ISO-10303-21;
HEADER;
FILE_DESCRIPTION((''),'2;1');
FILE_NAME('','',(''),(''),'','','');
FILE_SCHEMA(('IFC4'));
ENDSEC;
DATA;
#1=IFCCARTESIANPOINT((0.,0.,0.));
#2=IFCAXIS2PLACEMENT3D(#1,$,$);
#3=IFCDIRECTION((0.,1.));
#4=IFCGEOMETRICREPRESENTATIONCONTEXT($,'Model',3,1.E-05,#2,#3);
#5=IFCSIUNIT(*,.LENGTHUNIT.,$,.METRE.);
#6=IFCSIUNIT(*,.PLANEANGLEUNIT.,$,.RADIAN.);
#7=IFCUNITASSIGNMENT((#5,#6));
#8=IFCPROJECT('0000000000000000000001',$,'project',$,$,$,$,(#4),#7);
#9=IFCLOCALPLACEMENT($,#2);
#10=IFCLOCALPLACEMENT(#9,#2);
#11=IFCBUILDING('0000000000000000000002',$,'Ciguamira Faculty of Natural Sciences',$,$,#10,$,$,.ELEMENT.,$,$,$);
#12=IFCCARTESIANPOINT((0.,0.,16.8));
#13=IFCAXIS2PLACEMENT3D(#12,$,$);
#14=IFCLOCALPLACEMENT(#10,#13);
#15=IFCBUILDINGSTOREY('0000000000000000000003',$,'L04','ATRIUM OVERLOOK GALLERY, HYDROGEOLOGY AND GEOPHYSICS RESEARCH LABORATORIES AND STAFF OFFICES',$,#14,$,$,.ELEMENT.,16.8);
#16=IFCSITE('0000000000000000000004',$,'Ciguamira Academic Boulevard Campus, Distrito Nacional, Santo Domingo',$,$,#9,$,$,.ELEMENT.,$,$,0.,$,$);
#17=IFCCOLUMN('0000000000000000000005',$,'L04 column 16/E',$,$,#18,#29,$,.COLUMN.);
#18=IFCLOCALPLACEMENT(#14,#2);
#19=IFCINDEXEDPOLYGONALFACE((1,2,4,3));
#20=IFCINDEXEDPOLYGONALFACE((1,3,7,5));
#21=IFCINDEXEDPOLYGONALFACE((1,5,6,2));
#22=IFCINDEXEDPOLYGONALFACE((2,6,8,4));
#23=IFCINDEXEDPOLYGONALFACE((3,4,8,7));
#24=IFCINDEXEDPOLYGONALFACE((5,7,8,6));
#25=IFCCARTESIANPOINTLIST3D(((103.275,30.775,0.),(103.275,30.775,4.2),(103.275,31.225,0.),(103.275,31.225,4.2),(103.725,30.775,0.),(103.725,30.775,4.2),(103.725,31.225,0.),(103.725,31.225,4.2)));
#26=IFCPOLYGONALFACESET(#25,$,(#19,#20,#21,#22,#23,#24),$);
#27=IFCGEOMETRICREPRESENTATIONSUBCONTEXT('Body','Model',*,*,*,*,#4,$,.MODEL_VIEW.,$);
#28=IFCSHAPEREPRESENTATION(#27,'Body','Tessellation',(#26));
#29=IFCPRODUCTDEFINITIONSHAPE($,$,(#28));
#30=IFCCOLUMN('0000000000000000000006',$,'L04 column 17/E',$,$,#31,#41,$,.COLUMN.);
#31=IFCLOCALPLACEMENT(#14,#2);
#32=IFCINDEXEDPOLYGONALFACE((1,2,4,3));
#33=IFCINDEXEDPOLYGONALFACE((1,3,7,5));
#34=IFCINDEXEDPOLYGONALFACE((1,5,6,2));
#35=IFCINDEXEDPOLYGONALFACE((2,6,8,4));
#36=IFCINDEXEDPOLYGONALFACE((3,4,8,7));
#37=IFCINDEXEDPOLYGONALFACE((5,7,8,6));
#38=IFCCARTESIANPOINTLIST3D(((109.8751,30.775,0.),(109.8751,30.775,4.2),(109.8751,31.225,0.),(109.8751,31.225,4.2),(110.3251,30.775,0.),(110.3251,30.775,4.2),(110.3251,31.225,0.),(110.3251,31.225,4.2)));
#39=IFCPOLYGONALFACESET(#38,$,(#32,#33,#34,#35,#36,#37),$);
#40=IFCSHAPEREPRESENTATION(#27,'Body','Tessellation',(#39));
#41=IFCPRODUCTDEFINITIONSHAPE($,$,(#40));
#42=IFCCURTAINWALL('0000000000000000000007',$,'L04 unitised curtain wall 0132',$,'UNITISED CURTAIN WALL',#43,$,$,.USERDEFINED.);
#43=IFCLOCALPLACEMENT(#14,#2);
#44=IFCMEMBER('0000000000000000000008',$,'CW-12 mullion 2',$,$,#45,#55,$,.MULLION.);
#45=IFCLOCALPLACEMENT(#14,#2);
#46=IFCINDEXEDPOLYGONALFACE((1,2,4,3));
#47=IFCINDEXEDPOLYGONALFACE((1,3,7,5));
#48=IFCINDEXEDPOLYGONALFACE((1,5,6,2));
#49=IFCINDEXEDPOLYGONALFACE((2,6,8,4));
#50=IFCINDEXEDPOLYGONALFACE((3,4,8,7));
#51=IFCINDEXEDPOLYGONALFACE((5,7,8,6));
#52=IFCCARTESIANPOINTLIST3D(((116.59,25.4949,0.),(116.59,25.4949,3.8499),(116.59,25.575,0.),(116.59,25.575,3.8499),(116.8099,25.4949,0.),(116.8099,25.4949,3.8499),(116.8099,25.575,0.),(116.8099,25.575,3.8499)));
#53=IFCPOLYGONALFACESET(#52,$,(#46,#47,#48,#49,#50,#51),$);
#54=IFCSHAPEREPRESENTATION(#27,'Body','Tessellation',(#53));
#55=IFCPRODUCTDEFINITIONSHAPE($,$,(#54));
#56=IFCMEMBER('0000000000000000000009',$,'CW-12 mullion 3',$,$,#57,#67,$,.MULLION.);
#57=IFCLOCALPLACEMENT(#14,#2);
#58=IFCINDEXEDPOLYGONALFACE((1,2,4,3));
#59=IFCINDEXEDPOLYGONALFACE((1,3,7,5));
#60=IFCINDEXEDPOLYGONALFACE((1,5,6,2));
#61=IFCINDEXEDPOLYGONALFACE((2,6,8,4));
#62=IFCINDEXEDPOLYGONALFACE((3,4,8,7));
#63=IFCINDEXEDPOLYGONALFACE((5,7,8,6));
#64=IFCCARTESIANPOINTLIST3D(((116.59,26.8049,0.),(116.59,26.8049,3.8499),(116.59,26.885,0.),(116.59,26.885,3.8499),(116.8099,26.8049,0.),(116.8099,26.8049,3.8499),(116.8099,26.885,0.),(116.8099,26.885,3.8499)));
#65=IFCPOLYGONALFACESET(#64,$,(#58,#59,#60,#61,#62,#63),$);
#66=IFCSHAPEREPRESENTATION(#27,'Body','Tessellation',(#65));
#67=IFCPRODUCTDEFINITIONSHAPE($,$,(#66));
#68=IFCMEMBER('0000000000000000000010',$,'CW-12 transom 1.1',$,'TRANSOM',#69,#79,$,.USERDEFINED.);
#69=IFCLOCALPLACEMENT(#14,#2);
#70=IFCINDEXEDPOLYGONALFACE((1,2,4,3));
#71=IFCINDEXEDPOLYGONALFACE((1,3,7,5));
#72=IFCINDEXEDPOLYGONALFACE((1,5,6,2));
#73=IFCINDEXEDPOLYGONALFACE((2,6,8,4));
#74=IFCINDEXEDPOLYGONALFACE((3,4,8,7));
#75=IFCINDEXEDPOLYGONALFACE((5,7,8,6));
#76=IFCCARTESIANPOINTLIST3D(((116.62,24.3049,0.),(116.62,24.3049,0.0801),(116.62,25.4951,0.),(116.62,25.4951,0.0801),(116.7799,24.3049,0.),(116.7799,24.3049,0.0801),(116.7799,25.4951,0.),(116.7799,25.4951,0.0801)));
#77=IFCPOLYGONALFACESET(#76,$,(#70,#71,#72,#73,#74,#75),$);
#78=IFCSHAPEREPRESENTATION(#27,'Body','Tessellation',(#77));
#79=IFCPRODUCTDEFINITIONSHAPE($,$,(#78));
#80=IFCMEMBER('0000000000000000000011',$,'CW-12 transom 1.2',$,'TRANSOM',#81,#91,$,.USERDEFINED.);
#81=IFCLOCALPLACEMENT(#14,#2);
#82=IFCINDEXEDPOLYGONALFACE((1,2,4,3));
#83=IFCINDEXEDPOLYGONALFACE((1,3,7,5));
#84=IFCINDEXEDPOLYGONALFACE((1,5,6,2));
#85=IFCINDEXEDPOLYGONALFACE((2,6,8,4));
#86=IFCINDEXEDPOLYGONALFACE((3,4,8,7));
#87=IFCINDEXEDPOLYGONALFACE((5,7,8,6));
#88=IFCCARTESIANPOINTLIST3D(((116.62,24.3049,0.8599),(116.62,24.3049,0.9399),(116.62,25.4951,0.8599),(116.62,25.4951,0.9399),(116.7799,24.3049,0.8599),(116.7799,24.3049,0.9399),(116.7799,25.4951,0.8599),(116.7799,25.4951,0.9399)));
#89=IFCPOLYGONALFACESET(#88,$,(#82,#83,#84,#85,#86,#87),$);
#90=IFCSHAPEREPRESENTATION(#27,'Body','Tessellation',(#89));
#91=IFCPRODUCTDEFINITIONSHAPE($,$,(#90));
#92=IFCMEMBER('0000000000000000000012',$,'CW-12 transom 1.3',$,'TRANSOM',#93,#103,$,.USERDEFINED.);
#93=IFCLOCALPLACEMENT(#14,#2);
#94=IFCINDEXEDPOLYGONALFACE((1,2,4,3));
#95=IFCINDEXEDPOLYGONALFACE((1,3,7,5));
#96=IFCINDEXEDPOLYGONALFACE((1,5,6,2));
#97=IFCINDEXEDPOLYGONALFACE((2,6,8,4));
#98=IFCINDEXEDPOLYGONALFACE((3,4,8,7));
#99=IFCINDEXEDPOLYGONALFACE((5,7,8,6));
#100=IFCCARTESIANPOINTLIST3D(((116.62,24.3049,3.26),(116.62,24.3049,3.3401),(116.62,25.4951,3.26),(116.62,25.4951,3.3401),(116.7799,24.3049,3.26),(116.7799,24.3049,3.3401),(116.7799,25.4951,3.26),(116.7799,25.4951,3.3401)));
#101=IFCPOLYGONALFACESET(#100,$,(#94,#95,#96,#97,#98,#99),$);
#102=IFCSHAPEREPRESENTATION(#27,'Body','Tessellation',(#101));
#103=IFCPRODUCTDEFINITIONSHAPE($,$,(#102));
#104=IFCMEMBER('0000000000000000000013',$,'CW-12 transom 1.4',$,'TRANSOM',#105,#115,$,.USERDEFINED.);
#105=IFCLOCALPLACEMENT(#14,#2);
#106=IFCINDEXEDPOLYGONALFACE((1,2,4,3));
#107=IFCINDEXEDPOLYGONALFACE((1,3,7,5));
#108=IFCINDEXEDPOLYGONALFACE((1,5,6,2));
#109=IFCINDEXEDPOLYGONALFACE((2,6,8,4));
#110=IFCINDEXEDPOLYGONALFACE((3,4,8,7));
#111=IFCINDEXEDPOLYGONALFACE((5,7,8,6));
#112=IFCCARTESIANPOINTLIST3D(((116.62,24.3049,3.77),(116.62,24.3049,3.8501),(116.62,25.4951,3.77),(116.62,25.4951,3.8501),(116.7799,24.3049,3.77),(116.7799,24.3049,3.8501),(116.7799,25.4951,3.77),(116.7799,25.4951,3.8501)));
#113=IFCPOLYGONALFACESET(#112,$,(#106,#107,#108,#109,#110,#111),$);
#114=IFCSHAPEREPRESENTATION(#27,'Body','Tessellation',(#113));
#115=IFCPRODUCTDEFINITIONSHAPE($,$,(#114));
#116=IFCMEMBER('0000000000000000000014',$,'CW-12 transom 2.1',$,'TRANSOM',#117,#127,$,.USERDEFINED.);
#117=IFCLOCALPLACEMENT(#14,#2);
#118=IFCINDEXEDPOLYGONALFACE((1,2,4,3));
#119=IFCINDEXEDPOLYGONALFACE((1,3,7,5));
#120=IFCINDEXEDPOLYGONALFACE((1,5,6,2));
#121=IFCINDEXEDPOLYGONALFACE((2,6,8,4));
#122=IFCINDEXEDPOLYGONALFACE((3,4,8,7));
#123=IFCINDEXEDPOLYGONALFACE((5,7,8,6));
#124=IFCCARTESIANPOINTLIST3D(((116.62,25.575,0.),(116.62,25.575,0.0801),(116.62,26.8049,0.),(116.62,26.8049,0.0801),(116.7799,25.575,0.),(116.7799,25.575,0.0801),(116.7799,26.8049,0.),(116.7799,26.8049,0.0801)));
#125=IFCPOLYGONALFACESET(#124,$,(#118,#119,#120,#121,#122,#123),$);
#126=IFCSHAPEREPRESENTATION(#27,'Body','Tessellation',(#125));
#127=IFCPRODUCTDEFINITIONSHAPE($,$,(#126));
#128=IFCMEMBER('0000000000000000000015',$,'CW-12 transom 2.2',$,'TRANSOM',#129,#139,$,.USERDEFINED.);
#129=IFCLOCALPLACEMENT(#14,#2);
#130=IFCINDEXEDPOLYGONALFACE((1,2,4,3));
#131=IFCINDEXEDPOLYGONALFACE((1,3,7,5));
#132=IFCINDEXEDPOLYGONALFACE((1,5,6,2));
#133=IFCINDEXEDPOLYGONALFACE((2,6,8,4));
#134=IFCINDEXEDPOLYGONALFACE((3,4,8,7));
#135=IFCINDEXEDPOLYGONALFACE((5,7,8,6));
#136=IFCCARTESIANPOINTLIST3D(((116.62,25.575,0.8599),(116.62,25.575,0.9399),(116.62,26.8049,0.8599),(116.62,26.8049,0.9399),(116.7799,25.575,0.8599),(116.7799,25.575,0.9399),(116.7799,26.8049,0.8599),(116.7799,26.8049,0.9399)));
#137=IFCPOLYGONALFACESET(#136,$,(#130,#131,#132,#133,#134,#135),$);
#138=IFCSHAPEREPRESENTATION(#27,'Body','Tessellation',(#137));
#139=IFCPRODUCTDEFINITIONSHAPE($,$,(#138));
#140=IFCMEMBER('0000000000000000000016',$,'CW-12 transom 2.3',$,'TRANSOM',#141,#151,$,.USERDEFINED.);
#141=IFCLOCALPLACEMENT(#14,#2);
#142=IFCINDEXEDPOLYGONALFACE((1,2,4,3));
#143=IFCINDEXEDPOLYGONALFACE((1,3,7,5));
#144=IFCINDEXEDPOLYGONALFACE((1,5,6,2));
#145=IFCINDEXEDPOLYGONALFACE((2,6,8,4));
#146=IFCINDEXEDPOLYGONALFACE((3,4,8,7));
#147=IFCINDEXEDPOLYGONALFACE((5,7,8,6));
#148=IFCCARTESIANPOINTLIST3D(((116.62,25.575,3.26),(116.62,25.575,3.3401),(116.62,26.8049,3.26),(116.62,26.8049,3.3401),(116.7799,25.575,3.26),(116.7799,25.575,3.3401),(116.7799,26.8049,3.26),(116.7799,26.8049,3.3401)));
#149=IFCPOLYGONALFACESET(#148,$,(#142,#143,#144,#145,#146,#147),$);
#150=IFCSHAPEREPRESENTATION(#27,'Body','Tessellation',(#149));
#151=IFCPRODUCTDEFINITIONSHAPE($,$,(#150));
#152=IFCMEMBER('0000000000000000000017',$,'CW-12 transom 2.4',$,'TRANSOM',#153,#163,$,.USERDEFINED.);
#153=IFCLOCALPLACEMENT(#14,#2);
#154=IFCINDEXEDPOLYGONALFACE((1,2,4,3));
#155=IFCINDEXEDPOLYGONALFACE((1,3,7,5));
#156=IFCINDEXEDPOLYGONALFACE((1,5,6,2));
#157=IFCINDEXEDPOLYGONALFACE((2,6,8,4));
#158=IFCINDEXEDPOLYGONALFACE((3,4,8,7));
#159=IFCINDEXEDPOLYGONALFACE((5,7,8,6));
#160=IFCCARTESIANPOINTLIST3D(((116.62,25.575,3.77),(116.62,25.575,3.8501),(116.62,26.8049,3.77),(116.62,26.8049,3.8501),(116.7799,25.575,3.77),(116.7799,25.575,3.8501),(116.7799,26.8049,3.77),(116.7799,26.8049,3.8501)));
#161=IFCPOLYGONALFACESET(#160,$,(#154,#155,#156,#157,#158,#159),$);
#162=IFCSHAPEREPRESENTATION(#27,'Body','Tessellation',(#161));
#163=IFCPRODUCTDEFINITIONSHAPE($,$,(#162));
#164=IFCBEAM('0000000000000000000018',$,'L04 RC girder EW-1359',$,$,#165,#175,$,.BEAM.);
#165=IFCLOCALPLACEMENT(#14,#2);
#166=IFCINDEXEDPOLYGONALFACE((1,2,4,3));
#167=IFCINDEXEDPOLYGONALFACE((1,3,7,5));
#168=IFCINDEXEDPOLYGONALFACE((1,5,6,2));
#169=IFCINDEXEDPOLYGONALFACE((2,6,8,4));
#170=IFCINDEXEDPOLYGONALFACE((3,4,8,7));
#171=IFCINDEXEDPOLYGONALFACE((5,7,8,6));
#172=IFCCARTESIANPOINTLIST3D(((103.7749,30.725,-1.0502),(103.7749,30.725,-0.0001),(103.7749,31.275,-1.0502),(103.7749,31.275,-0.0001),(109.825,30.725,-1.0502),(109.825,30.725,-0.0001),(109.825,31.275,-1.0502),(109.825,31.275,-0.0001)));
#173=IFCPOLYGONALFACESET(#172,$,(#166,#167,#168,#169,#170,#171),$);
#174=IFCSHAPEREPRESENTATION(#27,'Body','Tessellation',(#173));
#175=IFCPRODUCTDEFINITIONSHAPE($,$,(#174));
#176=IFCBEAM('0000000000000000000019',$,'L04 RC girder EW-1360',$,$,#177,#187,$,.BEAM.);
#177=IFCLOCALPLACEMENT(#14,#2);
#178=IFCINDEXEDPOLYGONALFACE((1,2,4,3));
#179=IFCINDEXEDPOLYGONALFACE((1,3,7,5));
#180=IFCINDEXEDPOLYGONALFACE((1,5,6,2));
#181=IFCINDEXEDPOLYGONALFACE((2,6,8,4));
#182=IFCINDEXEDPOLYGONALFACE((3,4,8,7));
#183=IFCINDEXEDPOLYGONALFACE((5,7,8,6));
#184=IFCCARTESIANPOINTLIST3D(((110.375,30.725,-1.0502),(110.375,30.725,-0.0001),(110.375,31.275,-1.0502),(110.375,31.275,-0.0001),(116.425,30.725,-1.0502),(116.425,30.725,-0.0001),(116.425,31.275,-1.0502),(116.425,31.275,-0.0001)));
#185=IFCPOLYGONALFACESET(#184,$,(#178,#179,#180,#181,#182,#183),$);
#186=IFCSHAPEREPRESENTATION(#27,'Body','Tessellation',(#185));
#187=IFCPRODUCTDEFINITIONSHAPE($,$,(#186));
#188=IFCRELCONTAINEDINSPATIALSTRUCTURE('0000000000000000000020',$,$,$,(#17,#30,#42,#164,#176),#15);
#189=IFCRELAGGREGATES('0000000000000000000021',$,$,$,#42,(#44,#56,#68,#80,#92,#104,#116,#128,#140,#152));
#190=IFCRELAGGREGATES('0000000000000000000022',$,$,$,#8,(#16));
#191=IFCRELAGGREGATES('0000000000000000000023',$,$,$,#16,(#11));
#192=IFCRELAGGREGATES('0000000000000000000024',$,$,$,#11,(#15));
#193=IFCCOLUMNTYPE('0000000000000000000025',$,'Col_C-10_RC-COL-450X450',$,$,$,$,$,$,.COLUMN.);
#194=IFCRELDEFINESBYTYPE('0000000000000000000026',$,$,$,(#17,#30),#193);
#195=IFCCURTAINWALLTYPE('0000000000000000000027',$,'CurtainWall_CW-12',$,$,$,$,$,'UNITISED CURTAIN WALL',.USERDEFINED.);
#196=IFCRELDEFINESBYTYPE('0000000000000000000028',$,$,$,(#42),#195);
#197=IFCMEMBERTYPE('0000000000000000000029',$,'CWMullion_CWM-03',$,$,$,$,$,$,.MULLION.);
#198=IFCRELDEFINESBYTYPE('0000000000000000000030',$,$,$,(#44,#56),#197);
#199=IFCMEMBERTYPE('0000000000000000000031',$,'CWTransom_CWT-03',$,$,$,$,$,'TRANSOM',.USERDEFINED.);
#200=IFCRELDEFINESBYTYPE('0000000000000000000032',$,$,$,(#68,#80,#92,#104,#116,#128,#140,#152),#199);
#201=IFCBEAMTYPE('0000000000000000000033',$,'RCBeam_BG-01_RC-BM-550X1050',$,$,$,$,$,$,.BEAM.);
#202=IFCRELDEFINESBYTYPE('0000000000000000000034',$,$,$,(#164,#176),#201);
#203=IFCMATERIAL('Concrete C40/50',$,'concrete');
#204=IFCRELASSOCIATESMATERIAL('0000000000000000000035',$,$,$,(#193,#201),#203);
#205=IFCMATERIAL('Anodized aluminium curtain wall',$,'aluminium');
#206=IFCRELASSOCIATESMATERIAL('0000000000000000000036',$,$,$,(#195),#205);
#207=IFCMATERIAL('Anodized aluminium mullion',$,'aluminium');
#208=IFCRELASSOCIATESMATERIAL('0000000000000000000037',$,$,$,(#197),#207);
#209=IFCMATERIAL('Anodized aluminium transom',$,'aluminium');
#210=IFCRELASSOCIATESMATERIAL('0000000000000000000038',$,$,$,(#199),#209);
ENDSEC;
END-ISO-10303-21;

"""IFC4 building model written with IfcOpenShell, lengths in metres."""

from ifc_helpers import new_model, si_unit, direction, frame, origin, origin_2d, place, context, subcontext, project, spatial, rectangle, extrude, material, material_profile, profile_set, type_object, element, aggregate, save


model = new_model("IFC4")

# Units and contexts
model_context = context("Model", 3, precision=1e-05, world=origin(), true_north=direction((0.0, 1.0)))
body_context = subcontext(model_context, "Body", "Model", "MODEL_VIEW")
ifc_project = project(units=[si_unit("LENGTHUNIT", "METRE"), si_unit("PLANEANGLEUNIT", "RADIAN")], contexts=[model_context])

# Site, building, storey
site_placement = place(None, origin())
site = spatial("IfcSite", under=ifc_project, at=site_placement, Name="Ciguamira Academic Boulevard Campus, Distrito Nacional, Santo Domingo", CompositionType="ELEMENT", RefElevation=0.0)
building_placement = place(site_placement, origin())
building = spatial("IfcBuilding", under=site, at=building_placement, Name="Ciguamira Faculty of Natural Sciences", CompositionType="ELEMENT")
storey_placement = place(building_placement, frame((0.0, 0.0, 16.8)))
storey = spatial("IfcBuildingStorey", under=building, at=storey_placement, Name="L04", Description="ATRIUM OVERLOOK GALLERY, HYDROGEOLOGY AND GEOPHYSICS RESEARCH LABORATORIES AND STAFF OFFICES", CompositionType="ELEMENT", Elevation=16.8)

# Columns
ifc_material_1 = material(Name="Concrete C40/50", Category="concrete")
ifc_material_profile_1 = material_profile(ifc_material_1, rectangle(XDim=0.45, YDim=0.45, at=origin_2d()), Name="RC-COL-450X450")
ifc_profile_set_1 = profile_set([ifc_material_profile_1], Name="Concrete C40/50")
column_type = type_object("IfcColumnType", Name="Col_C-10_RC-COL-450X450", PredefinedType="COLUMN", material=ifc_profile_set_1)
for number, where, z_axis, x_axis, name in (
    (1, (103.5, 31.0, 0.0), (0.0, 0.0, 1.0), (1.0, 0.0, 0.0), "L04 column 16/E"),
    (2, (110.1001, 31.0, 0.0), (0.0, 0.0, 1.0), (1.0, 0.0, 0.0), "L04 column 17/E"),
):
    element("IfcColumn", number, at=place(storey_placement, frame(where, z_axis=z_axis, x_axis=x_axis)), inside=storey, type_object=column_type, Name=name, PredefinedType="COLUMN", context=body_context, shape_type="SweptSolid", body=[
        extrude(rectangle(XDim=0.45, YDim=0.45, at=origin_2d()), origin(), (0.0, 0.0, 1.0), 4.2),
    ])

# Curtain wall, members
ifc_material_2 = material(Name="Anodized aluminium curtain wall", Category="aluminium")
curtain_wall_type = type_object("IfcCurtainWallType", Name="CurtainWall_CW-12", ElementType="UNITISED CURTAIN WALL", PredefinedType="USERDEFINED", material=ifc_material_2)
curtain_wall_placement = place(storey_placement, origin())
curtain_wall = element("IfcCurtainWall", 3, at=curtain_wall_placement, inside=storey, type_object=curtain_wall_type, Name="L04 unitised curtain wall 0132", ObjectType="UNITISED CURTAIN WALL", PredefinedType="USERDEFINED")
ifc_material_3 = material(Name="Anodized aluminium mullion", Category="aluminium")
ifc_material_profile_2 = material_profile(ifc_material_3, rectangle(XDim=0.0801, YDim=0.22, at=origin_2d()), Name="ALU-MUL-80X220")
ifc_profile_set_2 = profile_set([ifc_material_profile_2], Name="Anodized aluminium mullion")
member_type_1 = type_object("IfcMemberType", Name="CWMullion_CWM-03", PredefinedType="MULLION", material=ifc_profile_set_2)
member_1_placement = place(storey_placement, frame((116.7, 25.5349, 0.0), z_axis=(0.0, 0.0, 1.0), x_axis=(0.0, 1.0, 0.0)))
member_1 = element("IfcMember", 4, at=member_1_placement, type_object=member_type_1, Name="CW-12 mullion 2", PredefinedType="MULLION", context=body_context, shape_type="SweptSolid", body=[
    extrude(rectangle(XDim=0.0801, YDim=0.22, at=origin_2d()), origin(), (0.0, 0.0, 1.0), 3.8499),
])
member_2_placement = place(storey_placement, frame((116.7, 26.845, 0.0), z_axis=(0.0, 0.0, 1.0), x_axis=(0.0, 1.0, 0.0)))
member_2 = element("IfcMember", 5, at=member_2_placement, type_object=member_type_1, Name="CW-12 mullion 3", PredefinedType="MULLION", context=body_context, shape_type="SweptSolid", body=[
    extrude(rectangle(XDim=0.0801, YDim=0.22, at=origin_2d()), origin(), (0.0, 0.0, 1.0), 3.8499),
])
ifc_material_4 = material(Name="Anodized aluminium transom", Category="aluminium")
ifc_material_profile_3 = material_profile(ifc_material_4, rectangle(XDim=0.0801, YDim=0.1599, at=origin_2d()), Name="ALU-TRN-80X160")
ifc_profile_set_3 = profile_set([ifc_material_profile_3], Name="Anodized aluminium transom")
member_type_2 = type_object("IfcMemberType", Name="CWTransom_CWT-03", ElementType="TRANSOM", PredefinedType="USERDEFINED", material=ifc_profile_set_3)
member_3_placement = place(storey_placement, frame((116.7, 24.3049, 0.04), z_axis=(0.0, 1.0, 0.0), x_axis=(0.0, 0.0, 1.0)))
member_3 = element("IfcMember", 6, at=member_3_placement, type_object=member_type_2, Name="CW-12 transom 1.1", ObjectType="TRANSOM", PredefinedType="USERDEFINED", context=body_context, shape_type="SweptSolid", body=[
    extrude(rectangle(XDim=0.0801, YDim=0.1599, at=origin_2d()), origin(), (0.0, 0.0, 1.0), 1.1902),
])
member_4_placement = place(storey_placement, frame((116.7, 24.3049, 0.8999), z_axis=(0.0, 1.0, 0.0), x_axis=(0.0, 0.0, 1.0)))
member_4 = element("IfcMember", 7, at=member_4_placement, type_object=member_type_2, Name="CW-12 transom 1.2", ObjectType="TRANSOM", PredefinedType="USERDEFINED", context=body_context, shape_type="SweptSolid", body=[
    extrude(rectangle(XDim=0.0801, YDim=0.1599, at=origin_2d()), origin(), (0.0, 0.0, 1.0), 1.1902),
])
member_5_placement = place(storey_placement, frame((116.7, 24.3049, 3.3), z_axis=(0.0, 1.0, 0.0), x_axis=(0.0, 0.0, 1.0)))
member_5 = element("IfcMember", 8, at=member_5_placement, type_object=member_type_2, Name="CW-12 transom 1.3", ObjectType="TRANSOM", PredefinedType="USERDEFINED", context=body_context, shape_type="SweptSolid", body=[
    extrude(rectangle(XDim=0.0801, YDim=0.1599, at=origin_2d()), origin(), (0.0, 0.0, 1.0), 1.1902),
])
member_6_placement = place(storey_placement, frame((116.7, 24.3049, 3.8101), z_axis=(0.0, 1.0, 0.0), x_axis=(0.0, 0.0, 1.0)))
member_6 = element("IfcMember", 9, at=member_6_placement, type_object=member_type_2, Name="CW-12 transom 1.4", ObjectType="TRANSOM", PredefinedType="USERDEFINED", context=body_context, shape_type="SweptSolid", body=[
    extrude(rectangle(XDim=0.0801, YDim=0.1599, at=origin_2d()), origin(), (0.0, 0.0, 1.0), 1.1902),
])
member_7_placement = place(storey_placement, frame((116.7, 25.575, 0.04), z_axis=(0.0, 1.0, 0.0), x_axis=(0.0, 0.0, 1.0)))
member_7 = element("IfcMember", 10, at=member_7_placement, type_object=member_type_2, Name="CW-12 transom 2.1", ObjectType="TRANSOM", PredefinedType="USERDEFINED", context=body_context, shape_type="SweptSolid", body=[
    extrude(rectangle(XDim=0.0801, YDim=0.1599, at=origin_2d()), origin(), (0.0, 0.0, 1.0), 1.23),
])
member_8_placement = place(storey_placement, frame((116.7, 25.575, 0.8999), z_axis=(0.0, 1.0, 0.0), x_axis=(0.0, 0.0, 1.0)))
member_8 = element("IfcMember", 11, at=member_8_placement, type_object=member_type_2, Name="CW-12 transom 2.2", ObjectType="TRANSOM", PredefinedType="USERDEFINED", context=body_context, shape_type="SweptSolid", body=[
    extrude(rectangle(XDim=0.0801, YDim=0.1599, at=origin_2d()), origin(), (0.0, 0.0, 1.0), 1.23),
])
member_9_placement = place(storey_placement, frame((116.7, 25.575, 3.3), z_axis=(0.0, 1.0, 0.0), x_axis=(0.0, 0.0, 1.0)))
member_9 = element("IfcMember", 12, at=member_9_placement, type_object=member_type_2, Name="CW-12 transom 2.3", ObjectType="TRANSOM", PredefinedType="USERDEFINED", context=body_context, shape_type="SweptSolid", body=[
    extrude(rectangle(XDim=0.0801, YDim=0.1599, at=origin_2d()), origin(), (0.0, 0.0, 1.0), 1.23),
])
member_10_placement = place(storey_placement, frame((116.7, 25.575, 3.8101), z_axis=(0.0, 1.0, 0.0), x_axis=(0.0, 0.0, 1.0)))
member_10 = element("IfcMember", 13, at=member_10_placement, type_object=member_type_2, Name="CW-12 transom 2.4", ObjectType="TRANSOM", PredefinedType="USERDEFINED", context=body_context, shape_type="SweptSolid", body=[
    extrude(rectangle(XDim=0.0801, YDim=0.1599, at=origin_2d()), origin(), (0.0, 0.0, 1.0), 1.23),
])

# Beams
ifc_material_profile_4 = material_profile(ifc_material_1, rectangle(XDim=0.55, YDim=1.05, at=origin_2d()), Name="RC-BM-550X1050")
ifc_profile_set_4 = profile_set([ifc_material_profile_4], Name="Concrete C40/50")
beam_type_1 = type_object("IfcBeamType", Name="RCBeam_BG-01_RC-BM-550X1050", PredefinedType="BEAM", material=ifc_profile_set_4)
for number, where, z_axis, x_axis, name in (
    (14, (103.7749, 31.0, -0.5251), (1.0, 0.0, 0.0), (0.0, 1.0, 0.0), "L04 RC girder EW-1359"),
    (15, (110.375, 31.0, -0.5251), (1.0, 0.0, 0.0), (0.0, 1.0, 0.0), "L04 RC girder EW-1360"),
):
    element("IfcBeam", number, at=place(storey_placement, frame(where, z_axis=z_axis, x_axis=x_axis)), inside=storey, type_object=beam_type_1, Name=name, PredefinedType="BEAM", context=body_context, shape_type="SweptSolid", body=[
        extrude(rectangle(XDim=0.55, YDim=1.05, at=origin_2d()), origin(), (0.0, 0.0, 1.0), 6.05),
    ])

aggregate(curtain_wall, [member_1, member_2, member_3, member_4, member_5, member_6, member_7, member_8, member_9, member_10])

save(model, "model.ifc")
